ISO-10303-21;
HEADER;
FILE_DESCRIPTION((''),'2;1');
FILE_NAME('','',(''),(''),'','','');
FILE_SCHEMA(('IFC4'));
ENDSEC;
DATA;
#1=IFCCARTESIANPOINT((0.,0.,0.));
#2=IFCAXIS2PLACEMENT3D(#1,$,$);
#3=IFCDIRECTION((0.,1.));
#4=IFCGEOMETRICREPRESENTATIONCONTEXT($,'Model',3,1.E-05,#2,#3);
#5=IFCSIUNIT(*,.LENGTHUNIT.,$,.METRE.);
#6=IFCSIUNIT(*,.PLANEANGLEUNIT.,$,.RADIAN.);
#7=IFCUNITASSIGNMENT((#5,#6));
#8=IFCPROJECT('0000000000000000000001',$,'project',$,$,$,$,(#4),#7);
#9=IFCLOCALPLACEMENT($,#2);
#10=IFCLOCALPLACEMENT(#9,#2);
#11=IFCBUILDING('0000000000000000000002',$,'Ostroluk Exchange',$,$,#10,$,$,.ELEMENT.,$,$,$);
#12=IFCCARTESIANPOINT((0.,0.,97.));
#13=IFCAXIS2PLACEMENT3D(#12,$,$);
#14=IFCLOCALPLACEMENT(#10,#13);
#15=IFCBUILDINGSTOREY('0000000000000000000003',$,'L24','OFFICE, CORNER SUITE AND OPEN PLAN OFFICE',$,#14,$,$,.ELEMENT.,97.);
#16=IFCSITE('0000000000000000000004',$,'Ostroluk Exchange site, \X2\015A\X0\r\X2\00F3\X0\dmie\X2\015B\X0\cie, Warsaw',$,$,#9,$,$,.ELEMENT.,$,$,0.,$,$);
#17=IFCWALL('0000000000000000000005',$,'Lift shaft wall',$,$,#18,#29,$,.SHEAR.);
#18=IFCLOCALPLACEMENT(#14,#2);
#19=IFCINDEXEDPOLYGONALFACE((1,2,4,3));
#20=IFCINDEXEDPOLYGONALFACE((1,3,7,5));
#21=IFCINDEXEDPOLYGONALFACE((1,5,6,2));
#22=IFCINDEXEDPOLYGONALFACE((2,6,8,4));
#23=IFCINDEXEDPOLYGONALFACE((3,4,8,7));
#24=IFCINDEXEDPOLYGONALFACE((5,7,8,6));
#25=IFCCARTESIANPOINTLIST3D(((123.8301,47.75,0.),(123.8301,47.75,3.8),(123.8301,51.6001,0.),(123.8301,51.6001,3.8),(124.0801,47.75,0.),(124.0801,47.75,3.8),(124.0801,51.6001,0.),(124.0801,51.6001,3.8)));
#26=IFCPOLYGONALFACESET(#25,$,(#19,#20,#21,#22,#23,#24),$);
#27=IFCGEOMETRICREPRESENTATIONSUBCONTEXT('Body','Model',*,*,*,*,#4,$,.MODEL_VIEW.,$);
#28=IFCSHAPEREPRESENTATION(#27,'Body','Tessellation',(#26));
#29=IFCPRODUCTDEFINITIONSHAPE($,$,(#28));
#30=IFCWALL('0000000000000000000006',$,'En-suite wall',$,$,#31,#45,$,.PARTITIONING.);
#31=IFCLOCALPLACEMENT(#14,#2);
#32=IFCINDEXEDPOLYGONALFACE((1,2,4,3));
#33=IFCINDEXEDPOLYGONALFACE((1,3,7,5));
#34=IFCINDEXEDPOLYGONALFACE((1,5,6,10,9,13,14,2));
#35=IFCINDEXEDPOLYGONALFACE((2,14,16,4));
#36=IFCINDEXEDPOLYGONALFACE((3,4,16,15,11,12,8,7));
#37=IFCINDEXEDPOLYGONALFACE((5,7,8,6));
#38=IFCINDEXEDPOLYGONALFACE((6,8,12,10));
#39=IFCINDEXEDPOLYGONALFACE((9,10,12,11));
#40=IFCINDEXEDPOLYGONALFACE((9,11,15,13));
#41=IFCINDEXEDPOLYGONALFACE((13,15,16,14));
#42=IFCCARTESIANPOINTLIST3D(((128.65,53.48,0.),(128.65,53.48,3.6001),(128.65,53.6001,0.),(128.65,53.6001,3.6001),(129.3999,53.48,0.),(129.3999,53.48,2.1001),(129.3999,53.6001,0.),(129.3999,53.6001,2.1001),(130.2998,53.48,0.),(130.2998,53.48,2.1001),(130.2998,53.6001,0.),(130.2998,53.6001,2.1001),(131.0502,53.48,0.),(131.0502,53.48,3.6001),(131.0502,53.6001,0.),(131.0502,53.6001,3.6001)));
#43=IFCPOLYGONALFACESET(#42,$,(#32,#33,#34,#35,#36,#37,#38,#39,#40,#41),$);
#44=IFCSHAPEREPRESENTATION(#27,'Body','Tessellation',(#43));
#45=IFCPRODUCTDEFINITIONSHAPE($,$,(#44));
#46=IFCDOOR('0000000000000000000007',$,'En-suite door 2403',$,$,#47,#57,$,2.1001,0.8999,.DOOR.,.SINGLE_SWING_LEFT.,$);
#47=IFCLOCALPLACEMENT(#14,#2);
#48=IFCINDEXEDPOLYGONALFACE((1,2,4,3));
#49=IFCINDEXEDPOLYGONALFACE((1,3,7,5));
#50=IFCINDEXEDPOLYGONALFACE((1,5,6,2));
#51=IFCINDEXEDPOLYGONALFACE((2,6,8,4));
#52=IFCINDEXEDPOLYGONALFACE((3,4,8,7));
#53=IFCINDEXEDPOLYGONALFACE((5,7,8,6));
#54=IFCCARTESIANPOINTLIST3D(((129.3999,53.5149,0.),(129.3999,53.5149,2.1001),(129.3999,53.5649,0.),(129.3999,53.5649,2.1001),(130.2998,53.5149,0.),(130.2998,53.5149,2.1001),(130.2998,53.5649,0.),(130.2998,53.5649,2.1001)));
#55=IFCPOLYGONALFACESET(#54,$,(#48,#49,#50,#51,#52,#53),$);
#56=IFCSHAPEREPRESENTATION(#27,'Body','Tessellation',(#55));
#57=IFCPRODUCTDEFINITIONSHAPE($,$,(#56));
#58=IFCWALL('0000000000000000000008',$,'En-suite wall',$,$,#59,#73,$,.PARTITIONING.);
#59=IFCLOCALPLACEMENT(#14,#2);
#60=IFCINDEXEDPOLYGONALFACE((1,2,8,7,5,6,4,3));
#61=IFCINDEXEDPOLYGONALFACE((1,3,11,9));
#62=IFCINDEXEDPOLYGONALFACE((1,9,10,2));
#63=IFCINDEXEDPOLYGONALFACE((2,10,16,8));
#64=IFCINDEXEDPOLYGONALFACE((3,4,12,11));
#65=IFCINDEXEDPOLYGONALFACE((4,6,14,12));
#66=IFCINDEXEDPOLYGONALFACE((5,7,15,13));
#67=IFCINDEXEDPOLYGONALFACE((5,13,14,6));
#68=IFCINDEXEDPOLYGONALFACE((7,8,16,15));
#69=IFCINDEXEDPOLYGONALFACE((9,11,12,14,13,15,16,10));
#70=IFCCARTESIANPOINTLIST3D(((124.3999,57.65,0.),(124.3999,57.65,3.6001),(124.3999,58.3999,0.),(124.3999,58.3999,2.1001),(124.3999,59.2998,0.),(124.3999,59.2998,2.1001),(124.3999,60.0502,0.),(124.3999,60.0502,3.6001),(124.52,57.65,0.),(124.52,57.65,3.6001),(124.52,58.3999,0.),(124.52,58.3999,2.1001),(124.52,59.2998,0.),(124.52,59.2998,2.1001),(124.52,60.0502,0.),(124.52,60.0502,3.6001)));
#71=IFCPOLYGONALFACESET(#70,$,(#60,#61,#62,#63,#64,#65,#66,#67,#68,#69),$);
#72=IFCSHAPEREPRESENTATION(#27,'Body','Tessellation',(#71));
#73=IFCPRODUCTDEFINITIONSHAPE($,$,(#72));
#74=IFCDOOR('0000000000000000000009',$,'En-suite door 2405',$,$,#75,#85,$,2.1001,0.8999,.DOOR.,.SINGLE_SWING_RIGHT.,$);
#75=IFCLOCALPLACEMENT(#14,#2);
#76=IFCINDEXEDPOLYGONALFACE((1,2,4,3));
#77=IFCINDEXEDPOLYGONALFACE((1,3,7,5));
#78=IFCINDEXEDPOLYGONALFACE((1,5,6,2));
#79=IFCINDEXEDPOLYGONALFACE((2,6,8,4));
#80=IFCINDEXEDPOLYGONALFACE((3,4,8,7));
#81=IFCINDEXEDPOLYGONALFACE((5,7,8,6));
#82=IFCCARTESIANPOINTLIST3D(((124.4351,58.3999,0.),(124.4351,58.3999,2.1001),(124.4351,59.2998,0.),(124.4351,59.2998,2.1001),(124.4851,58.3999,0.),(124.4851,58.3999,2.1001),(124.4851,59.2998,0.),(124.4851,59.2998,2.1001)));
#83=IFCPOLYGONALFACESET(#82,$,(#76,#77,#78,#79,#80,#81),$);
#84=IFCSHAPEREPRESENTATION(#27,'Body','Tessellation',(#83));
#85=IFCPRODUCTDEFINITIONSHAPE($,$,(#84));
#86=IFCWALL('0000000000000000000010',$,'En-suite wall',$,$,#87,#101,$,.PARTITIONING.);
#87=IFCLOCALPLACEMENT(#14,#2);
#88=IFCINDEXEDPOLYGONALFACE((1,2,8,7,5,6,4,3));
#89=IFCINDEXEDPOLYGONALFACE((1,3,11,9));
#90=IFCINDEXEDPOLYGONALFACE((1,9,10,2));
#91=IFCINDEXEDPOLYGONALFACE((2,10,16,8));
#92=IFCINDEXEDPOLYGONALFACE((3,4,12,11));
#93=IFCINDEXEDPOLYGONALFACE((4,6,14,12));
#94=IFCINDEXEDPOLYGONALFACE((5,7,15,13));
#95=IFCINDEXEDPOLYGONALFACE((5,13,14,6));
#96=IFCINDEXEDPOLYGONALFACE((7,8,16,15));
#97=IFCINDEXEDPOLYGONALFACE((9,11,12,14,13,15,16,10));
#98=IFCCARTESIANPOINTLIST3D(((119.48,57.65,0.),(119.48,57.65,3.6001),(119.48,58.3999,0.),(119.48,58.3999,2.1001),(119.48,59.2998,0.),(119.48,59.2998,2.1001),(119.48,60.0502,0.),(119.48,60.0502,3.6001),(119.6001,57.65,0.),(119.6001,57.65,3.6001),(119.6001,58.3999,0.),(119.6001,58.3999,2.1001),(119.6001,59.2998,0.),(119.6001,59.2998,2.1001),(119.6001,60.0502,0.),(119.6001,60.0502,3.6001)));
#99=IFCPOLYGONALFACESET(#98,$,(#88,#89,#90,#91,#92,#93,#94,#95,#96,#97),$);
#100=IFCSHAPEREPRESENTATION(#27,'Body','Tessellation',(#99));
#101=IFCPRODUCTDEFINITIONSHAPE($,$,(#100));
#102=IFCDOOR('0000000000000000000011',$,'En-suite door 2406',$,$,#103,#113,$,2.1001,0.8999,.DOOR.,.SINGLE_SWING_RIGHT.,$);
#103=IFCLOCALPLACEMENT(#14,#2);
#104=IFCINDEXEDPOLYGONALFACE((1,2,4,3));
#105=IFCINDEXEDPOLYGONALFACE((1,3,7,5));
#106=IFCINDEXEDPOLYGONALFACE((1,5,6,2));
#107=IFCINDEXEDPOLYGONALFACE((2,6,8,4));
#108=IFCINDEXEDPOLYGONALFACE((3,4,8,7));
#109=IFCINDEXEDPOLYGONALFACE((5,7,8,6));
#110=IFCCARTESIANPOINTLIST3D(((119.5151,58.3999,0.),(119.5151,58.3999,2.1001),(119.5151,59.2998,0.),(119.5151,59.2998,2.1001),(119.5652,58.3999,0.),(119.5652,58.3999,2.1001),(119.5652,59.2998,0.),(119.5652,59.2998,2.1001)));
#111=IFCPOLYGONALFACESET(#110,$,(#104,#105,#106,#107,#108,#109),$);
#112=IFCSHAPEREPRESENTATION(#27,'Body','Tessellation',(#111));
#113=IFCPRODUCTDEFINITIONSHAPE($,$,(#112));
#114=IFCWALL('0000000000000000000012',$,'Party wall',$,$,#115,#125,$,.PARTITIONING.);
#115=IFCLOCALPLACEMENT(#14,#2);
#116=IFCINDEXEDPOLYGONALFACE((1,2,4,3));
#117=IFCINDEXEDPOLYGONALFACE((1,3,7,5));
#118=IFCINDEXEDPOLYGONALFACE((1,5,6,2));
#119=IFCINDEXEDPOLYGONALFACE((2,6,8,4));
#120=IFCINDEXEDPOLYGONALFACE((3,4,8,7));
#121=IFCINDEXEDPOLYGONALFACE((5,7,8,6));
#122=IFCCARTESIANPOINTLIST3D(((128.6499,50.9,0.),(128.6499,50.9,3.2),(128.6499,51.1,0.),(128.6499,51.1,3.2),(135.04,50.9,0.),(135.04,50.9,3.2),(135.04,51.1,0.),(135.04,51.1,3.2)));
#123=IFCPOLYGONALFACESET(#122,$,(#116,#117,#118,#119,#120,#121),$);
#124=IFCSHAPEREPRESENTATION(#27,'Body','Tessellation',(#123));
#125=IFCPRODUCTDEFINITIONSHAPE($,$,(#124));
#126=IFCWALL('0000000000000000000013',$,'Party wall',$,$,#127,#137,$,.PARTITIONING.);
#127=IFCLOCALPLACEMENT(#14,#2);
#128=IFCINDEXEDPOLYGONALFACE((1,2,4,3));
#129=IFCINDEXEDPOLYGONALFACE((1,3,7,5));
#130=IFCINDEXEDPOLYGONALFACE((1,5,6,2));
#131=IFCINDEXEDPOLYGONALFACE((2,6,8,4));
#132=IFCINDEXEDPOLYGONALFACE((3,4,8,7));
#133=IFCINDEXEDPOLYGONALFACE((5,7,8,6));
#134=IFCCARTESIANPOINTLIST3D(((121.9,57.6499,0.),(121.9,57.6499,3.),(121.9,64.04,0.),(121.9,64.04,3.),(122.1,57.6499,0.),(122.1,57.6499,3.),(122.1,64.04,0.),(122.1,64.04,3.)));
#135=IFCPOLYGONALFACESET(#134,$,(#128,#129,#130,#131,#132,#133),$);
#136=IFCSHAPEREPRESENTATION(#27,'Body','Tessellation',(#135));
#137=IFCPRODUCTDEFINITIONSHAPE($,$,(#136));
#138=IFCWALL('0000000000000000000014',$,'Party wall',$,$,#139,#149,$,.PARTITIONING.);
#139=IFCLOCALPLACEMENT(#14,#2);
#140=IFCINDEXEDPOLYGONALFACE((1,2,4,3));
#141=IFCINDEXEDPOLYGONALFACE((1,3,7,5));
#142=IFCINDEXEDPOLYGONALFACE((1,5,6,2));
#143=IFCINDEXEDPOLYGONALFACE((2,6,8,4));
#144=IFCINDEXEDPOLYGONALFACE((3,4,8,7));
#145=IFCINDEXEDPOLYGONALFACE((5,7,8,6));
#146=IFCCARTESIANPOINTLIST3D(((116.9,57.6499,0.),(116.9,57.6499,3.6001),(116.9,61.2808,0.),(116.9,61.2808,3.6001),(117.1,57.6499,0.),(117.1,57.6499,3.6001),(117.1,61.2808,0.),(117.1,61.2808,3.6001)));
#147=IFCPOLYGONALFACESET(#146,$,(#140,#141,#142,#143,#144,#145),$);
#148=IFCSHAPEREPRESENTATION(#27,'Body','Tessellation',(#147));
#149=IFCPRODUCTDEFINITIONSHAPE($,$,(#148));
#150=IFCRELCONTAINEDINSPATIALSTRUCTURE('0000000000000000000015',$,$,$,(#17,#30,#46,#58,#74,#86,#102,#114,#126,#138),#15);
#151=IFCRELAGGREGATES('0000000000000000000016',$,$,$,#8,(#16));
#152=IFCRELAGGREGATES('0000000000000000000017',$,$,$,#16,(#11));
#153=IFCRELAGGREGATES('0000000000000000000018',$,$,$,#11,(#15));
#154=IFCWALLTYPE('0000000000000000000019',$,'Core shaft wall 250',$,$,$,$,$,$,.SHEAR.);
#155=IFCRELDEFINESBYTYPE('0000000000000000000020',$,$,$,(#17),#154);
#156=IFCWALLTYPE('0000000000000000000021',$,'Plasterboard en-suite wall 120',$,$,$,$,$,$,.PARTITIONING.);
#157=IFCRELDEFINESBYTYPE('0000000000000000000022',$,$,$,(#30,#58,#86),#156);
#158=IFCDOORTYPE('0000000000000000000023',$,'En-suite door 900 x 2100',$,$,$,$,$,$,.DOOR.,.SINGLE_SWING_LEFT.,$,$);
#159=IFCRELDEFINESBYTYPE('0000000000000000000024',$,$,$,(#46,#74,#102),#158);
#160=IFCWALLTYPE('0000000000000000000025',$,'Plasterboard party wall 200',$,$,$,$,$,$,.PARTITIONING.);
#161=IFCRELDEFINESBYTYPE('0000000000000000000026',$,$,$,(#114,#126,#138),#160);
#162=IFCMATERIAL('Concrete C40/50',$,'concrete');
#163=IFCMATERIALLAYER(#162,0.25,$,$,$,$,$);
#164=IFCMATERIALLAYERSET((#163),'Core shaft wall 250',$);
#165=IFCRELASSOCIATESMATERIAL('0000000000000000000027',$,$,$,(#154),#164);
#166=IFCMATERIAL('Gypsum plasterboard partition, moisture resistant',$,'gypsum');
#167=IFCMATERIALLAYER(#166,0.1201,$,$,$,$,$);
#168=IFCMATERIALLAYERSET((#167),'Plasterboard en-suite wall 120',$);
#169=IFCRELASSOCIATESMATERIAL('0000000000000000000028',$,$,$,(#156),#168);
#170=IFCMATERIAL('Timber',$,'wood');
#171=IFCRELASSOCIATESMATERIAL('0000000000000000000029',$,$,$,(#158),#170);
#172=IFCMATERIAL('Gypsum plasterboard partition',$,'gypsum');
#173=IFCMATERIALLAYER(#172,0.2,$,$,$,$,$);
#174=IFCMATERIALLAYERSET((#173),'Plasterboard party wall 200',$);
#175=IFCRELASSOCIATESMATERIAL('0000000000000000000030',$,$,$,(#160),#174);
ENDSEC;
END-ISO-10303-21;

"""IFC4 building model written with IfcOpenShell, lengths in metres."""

from ifc_helpers import new_model, si_unit, direction, frame, frame_2d, origin, place, context, subcontext, project, spatial, rectangle, extrude, material, layer, layer_set, type_object, element, fill, save


model = new_model("IFC4")

# Units and contexts
model_context = context("Model", 3, precision=1e-05, world=origin(), true_north=direction((0.0, 1.0)))
body_context = subcontext(model_context, "Body", "Model", "MODEL_VIEW")
ifc_project = project(units=[si_unit("LENGTHUNIT", "METRE"), si_unit("PLANEANGLEUNIT", "RADIAN")], contexts=[model_context])

# Site, building, storey
site_placement = place(None, origin())
site = spatial("IfcSite", under=ifc_project, at=site_placement, Name="Ostroluk Exchange site, Śródmieście, Warsaw", CompositionType="ELEMENT", RefElevation=0.0)
building_placement = place(site_placement, origin())
building = spatial("IfcBuilding", under=site, at=building_placement, Name="Ostroluk Exchange", CompositionType="ELEMENT")
storey_placement = place(building_placement, frame((0.0, 0.0, 97.0)))
storey = spatial("IfcBuildingStorey", under=building, at=storey_placement, Name="L24", Description="OFFICE, CORNER SUITE AND OPEN PLAN OFFICE", CompositionType="ELEMENT", Elevation=97.0)

# Shared definitions
ifc_material_1 = material(Name="Concrete C40/50", Category="concrete")
ifc_layer_1 = layer(ifc_material_1, 0.25)
ifc_layer_set_1 = layer_set([ifc_layer_1], Name="Core shaft wall 250")
wall_type_1 = type_object("IfcWallType", Name="Core shaft wall 250", PredefinedType="SHEAR", material=ifc_layer_set_1)

# Wall
wall_1_placement = place(storey_placement, frame((123.9551, 47.75, 0.0), z_axis=(0.0, 0.0, 1.0), x_axis=(0.0, 1.0, 0.0)))
element("IfcWall", 1, at=wall_1_placement, inside=storey, type_object=wall_type_1, Name="Lift shaft wall", PredefinedType="SHEAR", context=body_context, shape_type="SweptSolid", body=[
    extrude(rectangle(XDim=3.8501, YDim=0.25, at=frame_2d((1.925, 0.0))), origin(), (0.0, 0.0, 1.0), 3.8),
])

# Walls, openings, doors
ifc_material_2 = material(Name="Gypsum plasterboard partition, moisture resistant", Category="gypsum")
ifc_layer_2 = layer(ifc_material_2, 0.1201)
ifc_layer_set_2 = layer_set([ifc_layer_2], Name="Plasterboard en-suite wall 120")
wall_type_2 = type_object("IfcWallType", Name="Plasterboard en-suite wall 120", PredefinedType="PARTITIONING", material=ifc_layer_set_2)
wall_2_placement = place(storey_placement, frame((128.6499, 53.54, 0.0), z_axis=(0.0, 0.0, 1.0), x_axis=(1.0, 0.0, 0.0)))
wall_2 = element("IfcWall", 2, at=wall_2_placement, inside=storey, type_object=wall_type_2, Name="En-suite wall", PredefinedType="PARTITIONING", context=body_context, shape_type="SweptSolid", body=[
    extrude(rectangle(XDim=2.4001, YDim=0.1201, at=frame_2d((1.2002, 0.0))), origin(), (0.0, 0.0, 1.0), 3.6001),
])
opening_1_placement = place(wall_2_placement, frame((0.75, 0.0, 0.0)))
opening_1 = element("IfcOpeningElement", 3, at=opening_1_placement, cuts=wall_2, PredefinedType="OPENING", context=body_context, shape_type="SweptSolid", body=[
    extrude(rectangle(XDim=0.8999, YDim=2.1001, at=frame_2d((0.45, 1.05))), frame((0.0, 0.0701, 0.0), z_axis=(0.0, -1.0, 0.0), x_axis=(1.0, 0.0, 0.0)), (0.0, 0.0, 1.0), 0.1401),
])
ifc_material_3 = material(Name="Timber", Category="wood")
door_type_1 = type_object("IfcDoorType", Name="En-suite door 900 x 2100", OperationType="SINGLE_SWING_LEFT", PredefinedType="DOOR", material=ifc_material_3)
door_1_placement = place(opening_1_placement, origin())
door_1 = element("IfcDoor", 4, at=door_1_placement, inside=storey, type_object=door_type_1, Name="En-suite door 2403", OperationType="SINGLE_SWING_LEFT", OverallHeight=2.1001, OverallWidth=0.8999, PredefinedType="DOOR", context=body_context, shape_type="SweptSolid", body=[
    extrude(rectangle(XDim=0.8999, YDim=2.1001, at=frame_2d((0.45, 1.05))), frame((0.0, 0.0249, 0.0), z_axis=(0.0, -1.0, 0.0), x_axis=(1.0, 0.0, 0.0)), (0.0, 0.0, 1.0), 0.05),
])
fill(opening_1, door_1)
wall_3_placement = place(storey_placement, frame((124.46, 57.6499, 0.0), z_axis=(0.0, 0.0, 1.0), x_axis=(0.0, 1.0, 0.0)))
wall_3 = element("IfcWall", 5, at=wall_3_placement, inside=storey, type_object=wall_type_2, Name="En-suite wall", PredefinedType="PARTITIONING", context=body_context, shape_type="SweptSolid", body=[
    extrude(rectangle(XDim=2.4001, YDim=0.1201, at=frame_2d((1.2002, 0.0))), origin(), (0.0, 0.0, 1.0), 3.6001),
])
opening_2_placement = place(wall_3_placement, frame((0.75, 0.0, 0.0)))
opening_2 = element("IfcOpeningElement", 6, at=opening_2_placement, cuts=wall_3, PredefinedType="OPENING", context=body_context, shape_type="SweptSolid", body=[
    extrude(rectangle(XDim=0.8999, YDim=2.1001, at=frame_2d((0.45, 1.05))), frame((0.0, 0.0701, 0.0), z_axis=(0.0, -1.0, 0.0), x_axis=(1.0, 0.0, 0.0)), (0.0, 0.0, 1.0), 0.1401),
])
door_2_placement = place(opening_2_placement, origin())
door_2 = element("IfcDoor", 7, at=door_2_placement, inside=storey, type_object=door_type_1, Name="En-suite door 2405", OperationType="SINGLE_SWING_RIGHT", OverallHeight=2.1001, OverallWidth=0.8999, PredefinedType="DOOR", context=body_context, shape_type="SweptSolid", body=[
    extrude(rectangle(XDim=0.8999, YDim=2.1001, at=frame_2d((0.45, 1.05))), frame((0.0, 0.0249, 0.0), z_axis=(0.0, -1.0, 0.0), x_axis=(1.0, 0.0, 0.0)), (0.0, 0.0, 1.0), 0.05),
])
fill(opening_2, door_2)
wall_4_placement = place(storey_placement, frame((119.54, 57.6499, 0.0), z_axis=(0.0, 0.0, 1.0), x_axis=(0.0, 1.0, 0.0)))
wall_4 = element("IfcWall", 8, at=wall_4_placement, inside=storey, type_object=wall_type_2, Name="En-suite wall", PredefinedType="PARTITIONING", context=body_context, shape_type="SweptSolid", body=[
    extrude(rectangle(XDim=2.4001, YDim=0.1201, at=frame_2d((1.2002, 0.0))), origin(), (0.0, 0.0, 1.0), 3.6001),
])
opening_3_placement = place(wall_4_placement, frame((0.75, 0.0, 0.0)))
opening_3 = element("IfcOpeningElement", 9, at=opening_3_placement, cuts=wall_4, PredefinedType="OPENING", context=body_context, shape_type="SweptSolid", body=[
    extrude(rectangle(XDim=0.8999, YDim=2.1001, at=frame_2d((0.45, 1.05))), frame((0.0, 0.0701, 0.0), z_axis=(0.0, -1.0, 0.0), x_axis=(1.0, 0.0, 0.0)), (0.0, 0.0, 1.0), 0.1401),
])
door_3_placement = place(opening_3_placement, origin())
door_3 = element("IfcDoor", 10, at=door_3_placement, inside=storey, type_object=door_type_1, Name="En-suite door 2406", OperationType="SINGLE_SWING_RIGHT", OverallHeight=2.1001, OverallWidth=0.8999, PredefinedType="DOOR", context=body_context, shape_type="SweptSolid", body=[
    extrude(rectangle(XDim=0.8999, YDim=2.1001, at=frame_2d((0.45, 1.05))), frame((0.0, 0.0249, 0.0), z_axis=(0.0, -1.0, 0.0), x_axis=(1.0, 0.0, 0.0)), (0.0, 0.0, 1.0), 0.05),
])
fill(opening_3, door_3)

# Walls
ifc_material_4 = material(Name="Gypsum plasterboard partition", Category="gypsum")
ifc_layer_3 = layer(ifc_material_4, 0.2)
ifc_layer_set_3 = layer_set([ifc_layer_3], Name="Plasterboard party wall 200")
wall_type_3 = type_object("IfcWallType", Name="Plasterboard party wall 200", PredefinedType="PARTITIONING", material=ifc_layer_set_3)
wall_5_placement = place(storey_placement, frame((128.6499, 51.0, 0.0), z_axis=(0.0, 0.0, 1.0), x_axis=(1.0, 0.0, 0.0)))
element("IfcWall", 11, at=wall_5_placement, inside=storey, type_object=wall_type_3, Name="Party wall", PredefinedType="PARTITIONING", context=body_context, shape_type="SweptSolid", body=[
    extrude(rectangle(XDim=6.3901, YDim=0.2, at=frame_2d((3.1951, 0.0))), origin(), (0.0, 0.0, 1.0), 3.2),
])
wall_6_placement = place(storey_placement, frame((122.0, 57.6499, 0.0), z_axis=(0.0, 0.0, 1.0), x_axis=(0.0, 1.0, 0.0)))
element("IfcWall", 12, at=wall_6_placement, inside=storey, type_object=wall_type_3, Name="Party wall", PredefinedType="PARTITIONING", context=body_context, shape_type="SweptSolid", body=[
    extrude(rectangle(XDim=6.3901, YDim=0.2, at=frame_2d((3.1951, 0.0))), origin(), (0.0, 0.0, 1.0), 3.0),
])
wall_7_placement = place(storey_placement, frame((117.0, 57.6499, 0.0), z_axis=(0.0, 0.0, 1.0), x_axis=(0.0, 1.0, 0.0)))
element("IfcWall", 13, at=wall_7_placement, inside=storey, type_object=wall_type_3, Name="Party wall", PredefinedType="PARTITIONING", context=body_context, shape_type="SweptSolid", body=[
    extrude(rectangle(XDim=3.6309, YDim=0.2, at=frame_2d((1.8154, 0.0))), origin(), (0.0, 0.0, 1.0), 3.6001),
])

save(model, "model.ifc")
